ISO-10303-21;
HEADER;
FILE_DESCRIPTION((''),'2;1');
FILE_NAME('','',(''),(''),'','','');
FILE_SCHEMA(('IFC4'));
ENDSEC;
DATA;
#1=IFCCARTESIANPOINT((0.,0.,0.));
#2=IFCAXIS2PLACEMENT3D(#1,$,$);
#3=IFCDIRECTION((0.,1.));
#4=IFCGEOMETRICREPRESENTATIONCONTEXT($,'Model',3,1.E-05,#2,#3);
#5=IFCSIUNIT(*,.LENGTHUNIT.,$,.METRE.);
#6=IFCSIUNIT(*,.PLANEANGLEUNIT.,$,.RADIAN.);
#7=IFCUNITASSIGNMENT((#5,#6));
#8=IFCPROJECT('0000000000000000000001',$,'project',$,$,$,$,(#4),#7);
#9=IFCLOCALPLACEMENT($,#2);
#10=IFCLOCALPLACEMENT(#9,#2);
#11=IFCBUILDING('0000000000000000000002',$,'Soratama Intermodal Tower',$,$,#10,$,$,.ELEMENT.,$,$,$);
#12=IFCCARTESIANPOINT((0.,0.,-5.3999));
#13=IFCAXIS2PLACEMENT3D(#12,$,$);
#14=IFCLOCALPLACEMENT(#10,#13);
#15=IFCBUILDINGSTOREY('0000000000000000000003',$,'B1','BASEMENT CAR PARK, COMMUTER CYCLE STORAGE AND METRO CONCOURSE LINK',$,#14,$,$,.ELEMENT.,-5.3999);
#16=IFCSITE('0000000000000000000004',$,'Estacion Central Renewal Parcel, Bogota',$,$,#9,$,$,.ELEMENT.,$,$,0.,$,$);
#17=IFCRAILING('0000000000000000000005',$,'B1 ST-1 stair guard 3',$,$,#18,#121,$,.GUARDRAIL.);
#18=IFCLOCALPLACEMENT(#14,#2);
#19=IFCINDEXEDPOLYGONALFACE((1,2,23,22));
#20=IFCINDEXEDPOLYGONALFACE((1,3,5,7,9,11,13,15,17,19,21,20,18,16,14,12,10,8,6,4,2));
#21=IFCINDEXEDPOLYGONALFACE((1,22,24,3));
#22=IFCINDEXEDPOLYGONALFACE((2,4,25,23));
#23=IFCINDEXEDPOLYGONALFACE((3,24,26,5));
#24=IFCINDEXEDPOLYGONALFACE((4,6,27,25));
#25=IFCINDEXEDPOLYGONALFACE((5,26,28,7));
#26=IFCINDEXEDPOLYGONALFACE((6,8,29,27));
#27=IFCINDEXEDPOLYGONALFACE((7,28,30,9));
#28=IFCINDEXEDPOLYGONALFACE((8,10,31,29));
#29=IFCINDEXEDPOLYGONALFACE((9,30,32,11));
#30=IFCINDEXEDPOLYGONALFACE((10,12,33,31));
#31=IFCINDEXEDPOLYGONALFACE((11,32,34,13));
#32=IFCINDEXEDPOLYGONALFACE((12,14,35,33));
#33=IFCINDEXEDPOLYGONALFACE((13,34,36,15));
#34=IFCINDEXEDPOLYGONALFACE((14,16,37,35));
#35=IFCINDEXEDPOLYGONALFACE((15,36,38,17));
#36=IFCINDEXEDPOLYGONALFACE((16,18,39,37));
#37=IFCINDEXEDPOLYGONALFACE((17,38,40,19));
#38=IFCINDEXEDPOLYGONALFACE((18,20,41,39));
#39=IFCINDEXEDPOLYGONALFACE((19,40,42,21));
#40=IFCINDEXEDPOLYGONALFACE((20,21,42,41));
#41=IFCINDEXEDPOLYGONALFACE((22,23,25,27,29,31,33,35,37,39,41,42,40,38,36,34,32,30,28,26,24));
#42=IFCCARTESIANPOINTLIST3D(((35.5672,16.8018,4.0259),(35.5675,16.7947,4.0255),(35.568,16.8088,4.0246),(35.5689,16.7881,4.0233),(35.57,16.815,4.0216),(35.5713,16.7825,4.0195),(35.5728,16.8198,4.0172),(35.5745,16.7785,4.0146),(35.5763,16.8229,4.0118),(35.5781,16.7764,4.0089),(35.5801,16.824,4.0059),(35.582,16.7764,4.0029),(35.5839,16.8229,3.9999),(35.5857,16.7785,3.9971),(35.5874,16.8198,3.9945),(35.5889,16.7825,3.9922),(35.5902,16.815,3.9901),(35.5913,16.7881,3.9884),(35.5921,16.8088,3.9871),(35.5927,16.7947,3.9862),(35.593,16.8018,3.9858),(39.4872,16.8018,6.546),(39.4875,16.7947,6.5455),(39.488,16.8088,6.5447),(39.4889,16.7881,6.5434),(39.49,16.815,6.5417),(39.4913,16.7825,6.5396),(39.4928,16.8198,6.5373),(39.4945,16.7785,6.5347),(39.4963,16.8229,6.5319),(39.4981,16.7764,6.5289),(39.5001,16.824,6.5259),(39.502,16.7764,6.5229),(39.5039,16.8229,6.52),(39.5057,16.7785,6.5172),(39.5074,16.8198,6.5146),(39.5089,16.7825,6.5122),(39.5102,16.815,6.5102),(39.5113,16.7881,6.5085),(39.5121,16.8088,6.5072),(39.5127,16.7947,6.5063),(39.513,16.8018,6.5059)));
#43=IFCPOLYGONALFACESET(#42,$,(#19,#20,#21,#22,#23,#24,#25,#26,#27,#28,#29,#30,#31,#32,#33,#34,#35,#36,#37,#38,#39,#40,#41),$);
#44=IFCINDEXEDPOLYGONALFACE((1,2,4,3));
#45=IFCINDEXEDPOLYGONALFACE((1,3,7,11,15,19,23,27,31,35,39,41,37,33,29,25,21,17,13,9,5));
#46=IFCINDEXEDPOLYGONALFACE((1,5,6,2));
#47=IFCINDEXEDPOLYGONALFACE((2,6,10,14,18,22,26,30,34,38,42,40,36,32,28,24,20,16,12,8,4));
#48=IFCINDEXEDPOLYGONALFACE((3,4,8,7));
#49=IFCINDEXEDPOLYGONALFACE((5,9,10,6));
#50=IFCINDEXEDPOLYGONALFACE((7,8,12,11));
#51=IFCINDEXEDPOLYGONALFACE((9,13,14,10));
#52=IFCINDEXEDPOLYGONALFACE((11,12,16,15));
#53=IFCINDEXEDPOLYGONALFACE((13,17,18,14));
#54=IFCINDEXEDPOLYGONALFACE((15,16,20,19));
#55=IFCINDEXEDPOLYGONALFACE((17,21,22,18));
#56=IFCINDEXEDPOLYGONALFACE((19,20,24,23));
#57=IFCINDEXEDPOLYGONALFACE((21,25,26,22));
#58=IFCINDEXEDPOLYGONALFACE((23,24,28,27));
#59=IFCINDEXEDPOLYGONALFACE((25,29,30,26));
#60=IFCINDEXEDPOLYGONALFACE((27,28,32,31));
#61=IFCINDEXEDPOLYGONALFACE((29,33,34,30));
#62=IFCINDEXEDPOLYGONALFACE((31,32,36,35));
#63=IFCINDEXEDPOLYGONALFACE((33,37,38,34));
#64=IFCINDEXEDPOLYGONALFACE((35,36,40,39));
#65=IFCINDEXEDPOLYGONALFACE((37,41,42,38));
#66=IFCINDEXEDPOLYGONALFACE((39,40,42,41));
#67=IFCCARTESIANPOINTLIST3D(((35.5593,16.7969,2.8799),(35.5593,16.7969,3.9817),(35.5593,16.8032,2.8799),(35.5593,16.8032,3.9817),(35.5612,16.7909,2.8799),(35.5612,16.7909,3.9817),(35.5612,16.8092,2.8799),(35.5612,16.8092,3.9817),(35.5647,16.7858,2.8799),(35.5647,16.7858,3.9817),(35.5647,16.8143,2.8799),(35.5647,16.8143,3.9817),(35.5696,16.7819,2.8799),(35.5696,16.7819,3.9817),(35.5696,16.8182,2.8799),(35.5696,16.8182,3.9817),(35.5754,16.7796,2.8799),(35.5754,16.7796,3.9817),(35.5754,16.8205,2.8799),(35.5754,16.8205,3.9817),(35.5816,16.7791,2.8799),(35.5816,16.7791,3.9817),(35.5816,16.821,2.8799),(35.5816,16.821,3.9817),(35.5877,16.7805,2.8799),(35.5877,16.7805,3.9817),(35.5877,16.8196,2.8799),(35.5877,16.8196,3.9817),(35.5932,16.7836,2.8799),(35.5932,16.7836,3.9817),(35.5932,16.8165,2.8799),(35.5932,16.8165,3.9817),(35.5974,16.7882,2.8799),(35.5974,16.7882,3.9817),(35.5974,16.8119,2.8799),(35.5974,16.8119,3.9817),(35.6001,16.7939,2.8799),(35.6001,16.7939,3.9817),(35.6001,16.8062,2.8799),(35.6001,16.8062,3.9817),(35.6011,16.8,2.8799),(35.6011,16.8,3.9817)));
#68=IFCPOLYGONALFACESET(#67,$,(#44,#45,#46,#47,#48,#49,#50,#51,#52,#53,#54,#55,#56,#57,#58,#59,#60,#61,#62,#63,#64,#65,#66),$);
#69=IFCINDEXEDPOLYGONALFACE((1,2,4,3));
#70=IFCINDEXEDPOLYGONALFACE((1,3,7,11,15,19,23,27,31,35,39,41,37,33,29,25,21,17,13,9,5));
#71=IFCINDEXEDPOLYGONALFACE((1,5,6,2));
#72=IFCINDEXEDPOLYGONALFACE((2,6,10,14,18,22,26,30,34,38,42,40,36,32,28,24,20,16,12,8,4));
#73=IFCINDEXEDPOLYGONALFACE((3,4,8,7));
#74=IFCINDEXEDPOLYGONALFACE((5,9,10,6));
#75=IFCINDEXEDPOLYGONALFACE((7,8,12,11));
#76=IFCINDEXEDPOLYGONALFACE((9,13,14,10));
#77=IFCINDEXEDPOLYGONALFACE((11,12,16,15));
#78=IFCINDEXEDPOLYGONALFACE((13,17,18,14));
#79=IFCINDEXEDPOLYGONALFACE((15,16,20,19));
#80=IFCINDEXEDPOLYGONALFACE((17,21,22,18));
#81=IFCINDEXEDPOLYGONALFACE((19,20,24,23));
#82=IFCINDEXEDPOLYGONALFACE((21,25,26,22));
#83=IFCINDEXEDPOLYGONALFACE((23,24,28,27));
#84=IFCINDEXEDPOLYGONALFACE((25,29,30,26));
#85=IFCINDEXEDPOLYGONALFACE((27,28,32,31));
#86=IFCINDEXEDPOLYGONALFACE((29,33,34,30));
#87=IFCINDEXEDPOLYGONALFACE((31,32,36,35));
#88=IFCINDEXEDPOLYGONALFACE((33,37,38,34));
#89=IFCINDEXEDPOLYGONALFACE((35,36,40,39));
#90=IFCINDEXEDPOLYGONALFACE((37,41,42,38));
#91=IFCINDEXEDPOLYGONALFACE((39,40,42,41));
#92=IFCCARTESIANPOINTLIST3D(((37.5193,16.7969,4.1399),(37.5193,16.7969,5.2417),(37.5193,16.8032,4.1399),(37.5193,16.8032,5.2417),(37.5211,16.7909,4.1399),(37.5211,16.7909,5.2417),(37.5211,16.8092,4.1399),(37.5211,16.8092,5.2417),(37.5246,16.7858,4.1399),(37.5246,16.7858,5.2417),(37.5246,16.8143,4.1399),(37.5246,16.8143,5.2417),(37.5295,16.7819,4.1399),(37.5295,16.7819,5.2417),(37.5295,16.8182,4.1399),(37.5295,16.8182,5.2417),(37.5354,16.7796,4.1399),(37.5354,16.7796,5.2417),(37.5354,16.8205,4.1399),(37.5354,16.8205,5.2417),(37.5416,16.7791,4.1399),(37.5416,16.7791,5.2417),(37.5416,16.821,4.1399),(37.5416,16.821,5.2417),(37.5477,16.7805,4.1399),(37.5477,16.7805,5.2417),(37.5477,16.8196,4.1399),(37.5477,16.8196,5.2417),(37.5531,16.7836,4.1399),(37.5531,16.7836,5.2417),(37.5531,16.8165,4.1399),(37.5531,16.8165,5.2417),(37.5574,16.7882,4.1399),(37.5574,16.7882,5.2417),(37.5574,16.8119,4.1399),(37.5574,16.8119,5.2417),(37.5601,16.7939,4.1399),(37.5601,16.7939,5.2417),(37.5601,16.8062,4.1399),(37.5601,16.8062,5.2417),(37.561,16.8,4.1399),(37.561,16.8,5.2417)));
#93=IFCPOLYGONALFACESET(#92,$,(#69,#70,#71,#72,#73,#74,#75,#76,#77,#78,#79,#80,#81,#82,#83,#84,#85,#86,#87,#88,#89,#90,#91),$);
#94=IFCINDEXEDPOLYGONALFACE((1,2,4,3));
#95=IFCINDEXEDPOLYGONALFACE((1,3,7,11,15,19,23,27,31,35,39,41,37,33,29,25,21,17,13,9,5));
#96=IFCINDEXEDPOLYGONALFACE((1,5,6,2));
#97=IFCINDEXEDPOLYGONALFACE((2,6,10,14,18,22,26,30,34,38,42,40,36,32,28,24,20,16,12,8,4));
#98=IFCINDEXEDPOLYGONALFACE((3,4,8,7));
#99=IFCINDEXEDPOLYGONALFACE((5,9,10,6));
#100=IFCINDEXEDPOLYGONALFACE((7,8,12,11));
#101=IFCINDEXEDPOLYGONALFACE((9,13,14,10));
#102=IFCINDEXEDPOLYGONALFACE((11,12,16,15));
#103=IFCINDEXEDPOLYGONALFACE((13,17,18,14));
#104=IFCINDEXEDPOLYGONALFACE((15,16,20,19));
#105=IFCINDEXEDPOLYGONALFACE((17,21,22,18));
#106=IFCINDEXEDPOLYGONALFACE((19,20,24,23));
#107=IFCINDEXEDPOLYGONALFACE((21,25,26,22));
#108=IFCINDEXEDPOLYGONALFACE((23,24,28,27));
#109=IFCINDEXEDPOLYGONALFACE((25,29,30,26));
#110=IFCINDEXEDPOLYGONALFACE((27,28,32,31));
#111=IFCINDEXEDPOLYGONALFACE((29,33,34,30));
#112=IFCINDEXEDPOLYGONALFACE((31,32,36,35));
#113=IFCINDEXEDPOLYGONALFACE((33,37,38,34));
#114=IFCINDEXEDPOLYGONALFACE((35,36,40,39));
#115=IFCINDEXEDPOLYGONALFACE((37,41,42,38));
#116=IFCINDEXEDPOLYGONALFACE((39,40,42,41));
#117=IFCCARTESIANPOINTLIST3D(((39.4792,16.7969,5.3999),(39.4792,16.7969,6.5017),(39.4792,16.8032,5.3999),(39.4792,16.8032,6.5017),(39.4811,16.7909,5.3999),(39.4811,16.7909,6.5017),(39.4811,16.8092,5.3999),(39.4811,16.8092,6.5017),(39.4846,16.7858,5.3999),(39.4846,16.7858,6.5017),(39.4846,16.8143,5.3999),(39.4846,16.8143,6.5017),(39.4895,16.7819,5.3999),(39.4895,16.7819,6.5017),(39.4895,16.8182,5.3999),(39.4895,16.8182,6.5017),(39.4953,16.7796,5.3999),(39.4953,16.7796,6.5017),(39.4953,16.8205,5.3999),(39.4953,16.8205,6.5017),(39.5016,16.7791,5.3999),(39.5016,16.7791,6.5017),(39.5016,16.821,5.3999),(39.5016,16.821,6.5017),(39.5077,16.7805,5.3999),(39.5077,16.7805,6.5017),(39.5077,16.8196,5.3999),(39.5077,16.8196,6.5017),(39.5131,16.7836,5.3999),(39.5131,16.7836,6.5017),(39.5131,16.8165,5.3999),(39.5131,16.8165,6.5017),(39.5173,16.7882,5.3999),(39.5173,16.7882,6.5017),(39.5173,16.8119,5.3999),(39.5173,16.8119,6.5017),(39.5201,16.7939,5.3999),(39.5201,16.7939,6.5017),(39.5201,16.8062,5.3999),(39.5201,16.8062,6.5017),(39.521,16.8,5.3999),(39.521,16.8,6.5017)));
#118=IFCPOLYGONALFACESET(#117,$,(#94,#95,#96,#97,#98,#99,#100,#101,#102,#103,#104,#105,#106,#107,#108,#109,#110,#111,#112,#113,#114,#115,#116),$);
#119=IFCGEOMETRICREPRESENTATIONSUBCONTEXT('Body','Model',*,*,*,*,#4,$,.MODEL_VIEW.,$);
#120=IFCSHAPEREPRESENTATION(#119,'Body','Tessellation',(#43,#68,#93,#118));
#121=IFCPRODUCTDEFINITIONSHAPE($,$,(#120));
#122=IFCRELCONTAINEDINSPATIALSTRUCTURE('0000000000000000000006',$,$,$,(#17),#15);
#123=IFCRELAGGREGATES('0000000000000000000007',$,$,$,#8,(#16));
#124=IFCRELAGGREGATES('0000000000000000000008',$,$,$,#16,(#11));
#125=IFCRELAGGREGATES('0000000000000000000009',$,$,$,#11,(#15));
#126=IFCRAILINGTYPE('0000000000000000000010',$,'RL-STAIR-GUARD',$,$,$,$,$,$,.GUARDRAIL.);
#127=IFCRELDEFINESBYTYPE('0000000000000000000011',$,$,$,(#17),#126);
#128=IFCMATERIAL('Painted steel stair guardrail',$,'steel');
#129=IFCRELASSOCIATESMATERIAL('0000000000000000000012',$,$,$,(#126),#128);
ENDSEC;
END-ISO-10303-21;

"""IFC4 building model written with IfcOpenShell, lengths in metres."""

from ifc_helpers import new_model, si_unit, direction, frame, origin, origin_2d, place, context, subcontext, project, spatial, circle, extrude, material, type_object, element, save


model = new_model("IFC4")

# Units and contexts
model_context = context("Model", 3, precision=1e-05, world=origin(), true_north=direction((0.0, 1.0)))
body_context = subcontext(model_context, "Body", "Model", "MODEL_VIEW")
ifc_project = project(units=[si_unit("LENGTHUNIT", "METRE"), si_unit("PLANEANGLEUNIT", "RADIAN")], contexts=[model_context])

# Site, building, storey
site_placement = place(None, origin())
site = spatial("IfcSite", under=ifc_project, at=site_placement, Name="Estacion Central Renewal Parcel, Bogota", CompositionType="ELEMENT", RefElevation=0.0)
building_placement = place(site_placement, origin())
building = spatial("IfcBuilding", under=site, at=building_placement, Name="Soratama Intermodal Tower", CompositionType="ELEMENT")
storey_placement = place(building_placement, frame((0.0, 0.0, -5.3999)))
storey = spatial("IfcBuildingStorey", under=building, at=storey_placement, Name="B1", Description="BASEMENT CAR PARK, COMMUTER CYCLE STORAGE AND METRO CONCOURSE LINK", CompositionType="ELEMENT", Elevation=-5.3999)

# Railing
ifc_material_1 = material(Name="Painted steel stair guardrail", Category="steel")
railing_type_1 = type_object("IfcRailingType", Name="RL-STAIR-GUARD", PredefinedType="GUARDRAIL", material=ifc_material_1)
railing_1_placement = place(storey_placement, frame((35.5801, 16.8, 2.8799)))
element("IfcRailing", 1, at=railing_1_placement, inside=storey, type_object=railing_type_1, Name="B1 ST-1 stair guard 3", PredefinedType="GUARDRAIL", context=body_context, shape_type="SweptSolid", body=[
    extrude(circle(Radius=0.0239, at=origin_2d()), frame((0.0, 0.0, 1.126), z_axis=(0.841172, 0.0, 0.540768), x_axis=(0.0, 1.0, 0.0)), (0.0, 0.0, 1.0), 4.6602),
    extrude(circle(Radius=0.021, at=origin_2d()), origin(), (0.0, 0.0, 1.0), 1.1018),
    extrude(circle(Radius=0.021, at=origin_2d()), frame((1.96, 0.0, 1.26)), (0.0, 0.0, 1.0), 1.1018),
    extrude(circle(Radius=0.021, at=origin_2d()), frame((3.9199, 0.0, 2.52)), (0.0, 0.0, 1.0), 1.1018),
])

save(model, "model.ifc")
